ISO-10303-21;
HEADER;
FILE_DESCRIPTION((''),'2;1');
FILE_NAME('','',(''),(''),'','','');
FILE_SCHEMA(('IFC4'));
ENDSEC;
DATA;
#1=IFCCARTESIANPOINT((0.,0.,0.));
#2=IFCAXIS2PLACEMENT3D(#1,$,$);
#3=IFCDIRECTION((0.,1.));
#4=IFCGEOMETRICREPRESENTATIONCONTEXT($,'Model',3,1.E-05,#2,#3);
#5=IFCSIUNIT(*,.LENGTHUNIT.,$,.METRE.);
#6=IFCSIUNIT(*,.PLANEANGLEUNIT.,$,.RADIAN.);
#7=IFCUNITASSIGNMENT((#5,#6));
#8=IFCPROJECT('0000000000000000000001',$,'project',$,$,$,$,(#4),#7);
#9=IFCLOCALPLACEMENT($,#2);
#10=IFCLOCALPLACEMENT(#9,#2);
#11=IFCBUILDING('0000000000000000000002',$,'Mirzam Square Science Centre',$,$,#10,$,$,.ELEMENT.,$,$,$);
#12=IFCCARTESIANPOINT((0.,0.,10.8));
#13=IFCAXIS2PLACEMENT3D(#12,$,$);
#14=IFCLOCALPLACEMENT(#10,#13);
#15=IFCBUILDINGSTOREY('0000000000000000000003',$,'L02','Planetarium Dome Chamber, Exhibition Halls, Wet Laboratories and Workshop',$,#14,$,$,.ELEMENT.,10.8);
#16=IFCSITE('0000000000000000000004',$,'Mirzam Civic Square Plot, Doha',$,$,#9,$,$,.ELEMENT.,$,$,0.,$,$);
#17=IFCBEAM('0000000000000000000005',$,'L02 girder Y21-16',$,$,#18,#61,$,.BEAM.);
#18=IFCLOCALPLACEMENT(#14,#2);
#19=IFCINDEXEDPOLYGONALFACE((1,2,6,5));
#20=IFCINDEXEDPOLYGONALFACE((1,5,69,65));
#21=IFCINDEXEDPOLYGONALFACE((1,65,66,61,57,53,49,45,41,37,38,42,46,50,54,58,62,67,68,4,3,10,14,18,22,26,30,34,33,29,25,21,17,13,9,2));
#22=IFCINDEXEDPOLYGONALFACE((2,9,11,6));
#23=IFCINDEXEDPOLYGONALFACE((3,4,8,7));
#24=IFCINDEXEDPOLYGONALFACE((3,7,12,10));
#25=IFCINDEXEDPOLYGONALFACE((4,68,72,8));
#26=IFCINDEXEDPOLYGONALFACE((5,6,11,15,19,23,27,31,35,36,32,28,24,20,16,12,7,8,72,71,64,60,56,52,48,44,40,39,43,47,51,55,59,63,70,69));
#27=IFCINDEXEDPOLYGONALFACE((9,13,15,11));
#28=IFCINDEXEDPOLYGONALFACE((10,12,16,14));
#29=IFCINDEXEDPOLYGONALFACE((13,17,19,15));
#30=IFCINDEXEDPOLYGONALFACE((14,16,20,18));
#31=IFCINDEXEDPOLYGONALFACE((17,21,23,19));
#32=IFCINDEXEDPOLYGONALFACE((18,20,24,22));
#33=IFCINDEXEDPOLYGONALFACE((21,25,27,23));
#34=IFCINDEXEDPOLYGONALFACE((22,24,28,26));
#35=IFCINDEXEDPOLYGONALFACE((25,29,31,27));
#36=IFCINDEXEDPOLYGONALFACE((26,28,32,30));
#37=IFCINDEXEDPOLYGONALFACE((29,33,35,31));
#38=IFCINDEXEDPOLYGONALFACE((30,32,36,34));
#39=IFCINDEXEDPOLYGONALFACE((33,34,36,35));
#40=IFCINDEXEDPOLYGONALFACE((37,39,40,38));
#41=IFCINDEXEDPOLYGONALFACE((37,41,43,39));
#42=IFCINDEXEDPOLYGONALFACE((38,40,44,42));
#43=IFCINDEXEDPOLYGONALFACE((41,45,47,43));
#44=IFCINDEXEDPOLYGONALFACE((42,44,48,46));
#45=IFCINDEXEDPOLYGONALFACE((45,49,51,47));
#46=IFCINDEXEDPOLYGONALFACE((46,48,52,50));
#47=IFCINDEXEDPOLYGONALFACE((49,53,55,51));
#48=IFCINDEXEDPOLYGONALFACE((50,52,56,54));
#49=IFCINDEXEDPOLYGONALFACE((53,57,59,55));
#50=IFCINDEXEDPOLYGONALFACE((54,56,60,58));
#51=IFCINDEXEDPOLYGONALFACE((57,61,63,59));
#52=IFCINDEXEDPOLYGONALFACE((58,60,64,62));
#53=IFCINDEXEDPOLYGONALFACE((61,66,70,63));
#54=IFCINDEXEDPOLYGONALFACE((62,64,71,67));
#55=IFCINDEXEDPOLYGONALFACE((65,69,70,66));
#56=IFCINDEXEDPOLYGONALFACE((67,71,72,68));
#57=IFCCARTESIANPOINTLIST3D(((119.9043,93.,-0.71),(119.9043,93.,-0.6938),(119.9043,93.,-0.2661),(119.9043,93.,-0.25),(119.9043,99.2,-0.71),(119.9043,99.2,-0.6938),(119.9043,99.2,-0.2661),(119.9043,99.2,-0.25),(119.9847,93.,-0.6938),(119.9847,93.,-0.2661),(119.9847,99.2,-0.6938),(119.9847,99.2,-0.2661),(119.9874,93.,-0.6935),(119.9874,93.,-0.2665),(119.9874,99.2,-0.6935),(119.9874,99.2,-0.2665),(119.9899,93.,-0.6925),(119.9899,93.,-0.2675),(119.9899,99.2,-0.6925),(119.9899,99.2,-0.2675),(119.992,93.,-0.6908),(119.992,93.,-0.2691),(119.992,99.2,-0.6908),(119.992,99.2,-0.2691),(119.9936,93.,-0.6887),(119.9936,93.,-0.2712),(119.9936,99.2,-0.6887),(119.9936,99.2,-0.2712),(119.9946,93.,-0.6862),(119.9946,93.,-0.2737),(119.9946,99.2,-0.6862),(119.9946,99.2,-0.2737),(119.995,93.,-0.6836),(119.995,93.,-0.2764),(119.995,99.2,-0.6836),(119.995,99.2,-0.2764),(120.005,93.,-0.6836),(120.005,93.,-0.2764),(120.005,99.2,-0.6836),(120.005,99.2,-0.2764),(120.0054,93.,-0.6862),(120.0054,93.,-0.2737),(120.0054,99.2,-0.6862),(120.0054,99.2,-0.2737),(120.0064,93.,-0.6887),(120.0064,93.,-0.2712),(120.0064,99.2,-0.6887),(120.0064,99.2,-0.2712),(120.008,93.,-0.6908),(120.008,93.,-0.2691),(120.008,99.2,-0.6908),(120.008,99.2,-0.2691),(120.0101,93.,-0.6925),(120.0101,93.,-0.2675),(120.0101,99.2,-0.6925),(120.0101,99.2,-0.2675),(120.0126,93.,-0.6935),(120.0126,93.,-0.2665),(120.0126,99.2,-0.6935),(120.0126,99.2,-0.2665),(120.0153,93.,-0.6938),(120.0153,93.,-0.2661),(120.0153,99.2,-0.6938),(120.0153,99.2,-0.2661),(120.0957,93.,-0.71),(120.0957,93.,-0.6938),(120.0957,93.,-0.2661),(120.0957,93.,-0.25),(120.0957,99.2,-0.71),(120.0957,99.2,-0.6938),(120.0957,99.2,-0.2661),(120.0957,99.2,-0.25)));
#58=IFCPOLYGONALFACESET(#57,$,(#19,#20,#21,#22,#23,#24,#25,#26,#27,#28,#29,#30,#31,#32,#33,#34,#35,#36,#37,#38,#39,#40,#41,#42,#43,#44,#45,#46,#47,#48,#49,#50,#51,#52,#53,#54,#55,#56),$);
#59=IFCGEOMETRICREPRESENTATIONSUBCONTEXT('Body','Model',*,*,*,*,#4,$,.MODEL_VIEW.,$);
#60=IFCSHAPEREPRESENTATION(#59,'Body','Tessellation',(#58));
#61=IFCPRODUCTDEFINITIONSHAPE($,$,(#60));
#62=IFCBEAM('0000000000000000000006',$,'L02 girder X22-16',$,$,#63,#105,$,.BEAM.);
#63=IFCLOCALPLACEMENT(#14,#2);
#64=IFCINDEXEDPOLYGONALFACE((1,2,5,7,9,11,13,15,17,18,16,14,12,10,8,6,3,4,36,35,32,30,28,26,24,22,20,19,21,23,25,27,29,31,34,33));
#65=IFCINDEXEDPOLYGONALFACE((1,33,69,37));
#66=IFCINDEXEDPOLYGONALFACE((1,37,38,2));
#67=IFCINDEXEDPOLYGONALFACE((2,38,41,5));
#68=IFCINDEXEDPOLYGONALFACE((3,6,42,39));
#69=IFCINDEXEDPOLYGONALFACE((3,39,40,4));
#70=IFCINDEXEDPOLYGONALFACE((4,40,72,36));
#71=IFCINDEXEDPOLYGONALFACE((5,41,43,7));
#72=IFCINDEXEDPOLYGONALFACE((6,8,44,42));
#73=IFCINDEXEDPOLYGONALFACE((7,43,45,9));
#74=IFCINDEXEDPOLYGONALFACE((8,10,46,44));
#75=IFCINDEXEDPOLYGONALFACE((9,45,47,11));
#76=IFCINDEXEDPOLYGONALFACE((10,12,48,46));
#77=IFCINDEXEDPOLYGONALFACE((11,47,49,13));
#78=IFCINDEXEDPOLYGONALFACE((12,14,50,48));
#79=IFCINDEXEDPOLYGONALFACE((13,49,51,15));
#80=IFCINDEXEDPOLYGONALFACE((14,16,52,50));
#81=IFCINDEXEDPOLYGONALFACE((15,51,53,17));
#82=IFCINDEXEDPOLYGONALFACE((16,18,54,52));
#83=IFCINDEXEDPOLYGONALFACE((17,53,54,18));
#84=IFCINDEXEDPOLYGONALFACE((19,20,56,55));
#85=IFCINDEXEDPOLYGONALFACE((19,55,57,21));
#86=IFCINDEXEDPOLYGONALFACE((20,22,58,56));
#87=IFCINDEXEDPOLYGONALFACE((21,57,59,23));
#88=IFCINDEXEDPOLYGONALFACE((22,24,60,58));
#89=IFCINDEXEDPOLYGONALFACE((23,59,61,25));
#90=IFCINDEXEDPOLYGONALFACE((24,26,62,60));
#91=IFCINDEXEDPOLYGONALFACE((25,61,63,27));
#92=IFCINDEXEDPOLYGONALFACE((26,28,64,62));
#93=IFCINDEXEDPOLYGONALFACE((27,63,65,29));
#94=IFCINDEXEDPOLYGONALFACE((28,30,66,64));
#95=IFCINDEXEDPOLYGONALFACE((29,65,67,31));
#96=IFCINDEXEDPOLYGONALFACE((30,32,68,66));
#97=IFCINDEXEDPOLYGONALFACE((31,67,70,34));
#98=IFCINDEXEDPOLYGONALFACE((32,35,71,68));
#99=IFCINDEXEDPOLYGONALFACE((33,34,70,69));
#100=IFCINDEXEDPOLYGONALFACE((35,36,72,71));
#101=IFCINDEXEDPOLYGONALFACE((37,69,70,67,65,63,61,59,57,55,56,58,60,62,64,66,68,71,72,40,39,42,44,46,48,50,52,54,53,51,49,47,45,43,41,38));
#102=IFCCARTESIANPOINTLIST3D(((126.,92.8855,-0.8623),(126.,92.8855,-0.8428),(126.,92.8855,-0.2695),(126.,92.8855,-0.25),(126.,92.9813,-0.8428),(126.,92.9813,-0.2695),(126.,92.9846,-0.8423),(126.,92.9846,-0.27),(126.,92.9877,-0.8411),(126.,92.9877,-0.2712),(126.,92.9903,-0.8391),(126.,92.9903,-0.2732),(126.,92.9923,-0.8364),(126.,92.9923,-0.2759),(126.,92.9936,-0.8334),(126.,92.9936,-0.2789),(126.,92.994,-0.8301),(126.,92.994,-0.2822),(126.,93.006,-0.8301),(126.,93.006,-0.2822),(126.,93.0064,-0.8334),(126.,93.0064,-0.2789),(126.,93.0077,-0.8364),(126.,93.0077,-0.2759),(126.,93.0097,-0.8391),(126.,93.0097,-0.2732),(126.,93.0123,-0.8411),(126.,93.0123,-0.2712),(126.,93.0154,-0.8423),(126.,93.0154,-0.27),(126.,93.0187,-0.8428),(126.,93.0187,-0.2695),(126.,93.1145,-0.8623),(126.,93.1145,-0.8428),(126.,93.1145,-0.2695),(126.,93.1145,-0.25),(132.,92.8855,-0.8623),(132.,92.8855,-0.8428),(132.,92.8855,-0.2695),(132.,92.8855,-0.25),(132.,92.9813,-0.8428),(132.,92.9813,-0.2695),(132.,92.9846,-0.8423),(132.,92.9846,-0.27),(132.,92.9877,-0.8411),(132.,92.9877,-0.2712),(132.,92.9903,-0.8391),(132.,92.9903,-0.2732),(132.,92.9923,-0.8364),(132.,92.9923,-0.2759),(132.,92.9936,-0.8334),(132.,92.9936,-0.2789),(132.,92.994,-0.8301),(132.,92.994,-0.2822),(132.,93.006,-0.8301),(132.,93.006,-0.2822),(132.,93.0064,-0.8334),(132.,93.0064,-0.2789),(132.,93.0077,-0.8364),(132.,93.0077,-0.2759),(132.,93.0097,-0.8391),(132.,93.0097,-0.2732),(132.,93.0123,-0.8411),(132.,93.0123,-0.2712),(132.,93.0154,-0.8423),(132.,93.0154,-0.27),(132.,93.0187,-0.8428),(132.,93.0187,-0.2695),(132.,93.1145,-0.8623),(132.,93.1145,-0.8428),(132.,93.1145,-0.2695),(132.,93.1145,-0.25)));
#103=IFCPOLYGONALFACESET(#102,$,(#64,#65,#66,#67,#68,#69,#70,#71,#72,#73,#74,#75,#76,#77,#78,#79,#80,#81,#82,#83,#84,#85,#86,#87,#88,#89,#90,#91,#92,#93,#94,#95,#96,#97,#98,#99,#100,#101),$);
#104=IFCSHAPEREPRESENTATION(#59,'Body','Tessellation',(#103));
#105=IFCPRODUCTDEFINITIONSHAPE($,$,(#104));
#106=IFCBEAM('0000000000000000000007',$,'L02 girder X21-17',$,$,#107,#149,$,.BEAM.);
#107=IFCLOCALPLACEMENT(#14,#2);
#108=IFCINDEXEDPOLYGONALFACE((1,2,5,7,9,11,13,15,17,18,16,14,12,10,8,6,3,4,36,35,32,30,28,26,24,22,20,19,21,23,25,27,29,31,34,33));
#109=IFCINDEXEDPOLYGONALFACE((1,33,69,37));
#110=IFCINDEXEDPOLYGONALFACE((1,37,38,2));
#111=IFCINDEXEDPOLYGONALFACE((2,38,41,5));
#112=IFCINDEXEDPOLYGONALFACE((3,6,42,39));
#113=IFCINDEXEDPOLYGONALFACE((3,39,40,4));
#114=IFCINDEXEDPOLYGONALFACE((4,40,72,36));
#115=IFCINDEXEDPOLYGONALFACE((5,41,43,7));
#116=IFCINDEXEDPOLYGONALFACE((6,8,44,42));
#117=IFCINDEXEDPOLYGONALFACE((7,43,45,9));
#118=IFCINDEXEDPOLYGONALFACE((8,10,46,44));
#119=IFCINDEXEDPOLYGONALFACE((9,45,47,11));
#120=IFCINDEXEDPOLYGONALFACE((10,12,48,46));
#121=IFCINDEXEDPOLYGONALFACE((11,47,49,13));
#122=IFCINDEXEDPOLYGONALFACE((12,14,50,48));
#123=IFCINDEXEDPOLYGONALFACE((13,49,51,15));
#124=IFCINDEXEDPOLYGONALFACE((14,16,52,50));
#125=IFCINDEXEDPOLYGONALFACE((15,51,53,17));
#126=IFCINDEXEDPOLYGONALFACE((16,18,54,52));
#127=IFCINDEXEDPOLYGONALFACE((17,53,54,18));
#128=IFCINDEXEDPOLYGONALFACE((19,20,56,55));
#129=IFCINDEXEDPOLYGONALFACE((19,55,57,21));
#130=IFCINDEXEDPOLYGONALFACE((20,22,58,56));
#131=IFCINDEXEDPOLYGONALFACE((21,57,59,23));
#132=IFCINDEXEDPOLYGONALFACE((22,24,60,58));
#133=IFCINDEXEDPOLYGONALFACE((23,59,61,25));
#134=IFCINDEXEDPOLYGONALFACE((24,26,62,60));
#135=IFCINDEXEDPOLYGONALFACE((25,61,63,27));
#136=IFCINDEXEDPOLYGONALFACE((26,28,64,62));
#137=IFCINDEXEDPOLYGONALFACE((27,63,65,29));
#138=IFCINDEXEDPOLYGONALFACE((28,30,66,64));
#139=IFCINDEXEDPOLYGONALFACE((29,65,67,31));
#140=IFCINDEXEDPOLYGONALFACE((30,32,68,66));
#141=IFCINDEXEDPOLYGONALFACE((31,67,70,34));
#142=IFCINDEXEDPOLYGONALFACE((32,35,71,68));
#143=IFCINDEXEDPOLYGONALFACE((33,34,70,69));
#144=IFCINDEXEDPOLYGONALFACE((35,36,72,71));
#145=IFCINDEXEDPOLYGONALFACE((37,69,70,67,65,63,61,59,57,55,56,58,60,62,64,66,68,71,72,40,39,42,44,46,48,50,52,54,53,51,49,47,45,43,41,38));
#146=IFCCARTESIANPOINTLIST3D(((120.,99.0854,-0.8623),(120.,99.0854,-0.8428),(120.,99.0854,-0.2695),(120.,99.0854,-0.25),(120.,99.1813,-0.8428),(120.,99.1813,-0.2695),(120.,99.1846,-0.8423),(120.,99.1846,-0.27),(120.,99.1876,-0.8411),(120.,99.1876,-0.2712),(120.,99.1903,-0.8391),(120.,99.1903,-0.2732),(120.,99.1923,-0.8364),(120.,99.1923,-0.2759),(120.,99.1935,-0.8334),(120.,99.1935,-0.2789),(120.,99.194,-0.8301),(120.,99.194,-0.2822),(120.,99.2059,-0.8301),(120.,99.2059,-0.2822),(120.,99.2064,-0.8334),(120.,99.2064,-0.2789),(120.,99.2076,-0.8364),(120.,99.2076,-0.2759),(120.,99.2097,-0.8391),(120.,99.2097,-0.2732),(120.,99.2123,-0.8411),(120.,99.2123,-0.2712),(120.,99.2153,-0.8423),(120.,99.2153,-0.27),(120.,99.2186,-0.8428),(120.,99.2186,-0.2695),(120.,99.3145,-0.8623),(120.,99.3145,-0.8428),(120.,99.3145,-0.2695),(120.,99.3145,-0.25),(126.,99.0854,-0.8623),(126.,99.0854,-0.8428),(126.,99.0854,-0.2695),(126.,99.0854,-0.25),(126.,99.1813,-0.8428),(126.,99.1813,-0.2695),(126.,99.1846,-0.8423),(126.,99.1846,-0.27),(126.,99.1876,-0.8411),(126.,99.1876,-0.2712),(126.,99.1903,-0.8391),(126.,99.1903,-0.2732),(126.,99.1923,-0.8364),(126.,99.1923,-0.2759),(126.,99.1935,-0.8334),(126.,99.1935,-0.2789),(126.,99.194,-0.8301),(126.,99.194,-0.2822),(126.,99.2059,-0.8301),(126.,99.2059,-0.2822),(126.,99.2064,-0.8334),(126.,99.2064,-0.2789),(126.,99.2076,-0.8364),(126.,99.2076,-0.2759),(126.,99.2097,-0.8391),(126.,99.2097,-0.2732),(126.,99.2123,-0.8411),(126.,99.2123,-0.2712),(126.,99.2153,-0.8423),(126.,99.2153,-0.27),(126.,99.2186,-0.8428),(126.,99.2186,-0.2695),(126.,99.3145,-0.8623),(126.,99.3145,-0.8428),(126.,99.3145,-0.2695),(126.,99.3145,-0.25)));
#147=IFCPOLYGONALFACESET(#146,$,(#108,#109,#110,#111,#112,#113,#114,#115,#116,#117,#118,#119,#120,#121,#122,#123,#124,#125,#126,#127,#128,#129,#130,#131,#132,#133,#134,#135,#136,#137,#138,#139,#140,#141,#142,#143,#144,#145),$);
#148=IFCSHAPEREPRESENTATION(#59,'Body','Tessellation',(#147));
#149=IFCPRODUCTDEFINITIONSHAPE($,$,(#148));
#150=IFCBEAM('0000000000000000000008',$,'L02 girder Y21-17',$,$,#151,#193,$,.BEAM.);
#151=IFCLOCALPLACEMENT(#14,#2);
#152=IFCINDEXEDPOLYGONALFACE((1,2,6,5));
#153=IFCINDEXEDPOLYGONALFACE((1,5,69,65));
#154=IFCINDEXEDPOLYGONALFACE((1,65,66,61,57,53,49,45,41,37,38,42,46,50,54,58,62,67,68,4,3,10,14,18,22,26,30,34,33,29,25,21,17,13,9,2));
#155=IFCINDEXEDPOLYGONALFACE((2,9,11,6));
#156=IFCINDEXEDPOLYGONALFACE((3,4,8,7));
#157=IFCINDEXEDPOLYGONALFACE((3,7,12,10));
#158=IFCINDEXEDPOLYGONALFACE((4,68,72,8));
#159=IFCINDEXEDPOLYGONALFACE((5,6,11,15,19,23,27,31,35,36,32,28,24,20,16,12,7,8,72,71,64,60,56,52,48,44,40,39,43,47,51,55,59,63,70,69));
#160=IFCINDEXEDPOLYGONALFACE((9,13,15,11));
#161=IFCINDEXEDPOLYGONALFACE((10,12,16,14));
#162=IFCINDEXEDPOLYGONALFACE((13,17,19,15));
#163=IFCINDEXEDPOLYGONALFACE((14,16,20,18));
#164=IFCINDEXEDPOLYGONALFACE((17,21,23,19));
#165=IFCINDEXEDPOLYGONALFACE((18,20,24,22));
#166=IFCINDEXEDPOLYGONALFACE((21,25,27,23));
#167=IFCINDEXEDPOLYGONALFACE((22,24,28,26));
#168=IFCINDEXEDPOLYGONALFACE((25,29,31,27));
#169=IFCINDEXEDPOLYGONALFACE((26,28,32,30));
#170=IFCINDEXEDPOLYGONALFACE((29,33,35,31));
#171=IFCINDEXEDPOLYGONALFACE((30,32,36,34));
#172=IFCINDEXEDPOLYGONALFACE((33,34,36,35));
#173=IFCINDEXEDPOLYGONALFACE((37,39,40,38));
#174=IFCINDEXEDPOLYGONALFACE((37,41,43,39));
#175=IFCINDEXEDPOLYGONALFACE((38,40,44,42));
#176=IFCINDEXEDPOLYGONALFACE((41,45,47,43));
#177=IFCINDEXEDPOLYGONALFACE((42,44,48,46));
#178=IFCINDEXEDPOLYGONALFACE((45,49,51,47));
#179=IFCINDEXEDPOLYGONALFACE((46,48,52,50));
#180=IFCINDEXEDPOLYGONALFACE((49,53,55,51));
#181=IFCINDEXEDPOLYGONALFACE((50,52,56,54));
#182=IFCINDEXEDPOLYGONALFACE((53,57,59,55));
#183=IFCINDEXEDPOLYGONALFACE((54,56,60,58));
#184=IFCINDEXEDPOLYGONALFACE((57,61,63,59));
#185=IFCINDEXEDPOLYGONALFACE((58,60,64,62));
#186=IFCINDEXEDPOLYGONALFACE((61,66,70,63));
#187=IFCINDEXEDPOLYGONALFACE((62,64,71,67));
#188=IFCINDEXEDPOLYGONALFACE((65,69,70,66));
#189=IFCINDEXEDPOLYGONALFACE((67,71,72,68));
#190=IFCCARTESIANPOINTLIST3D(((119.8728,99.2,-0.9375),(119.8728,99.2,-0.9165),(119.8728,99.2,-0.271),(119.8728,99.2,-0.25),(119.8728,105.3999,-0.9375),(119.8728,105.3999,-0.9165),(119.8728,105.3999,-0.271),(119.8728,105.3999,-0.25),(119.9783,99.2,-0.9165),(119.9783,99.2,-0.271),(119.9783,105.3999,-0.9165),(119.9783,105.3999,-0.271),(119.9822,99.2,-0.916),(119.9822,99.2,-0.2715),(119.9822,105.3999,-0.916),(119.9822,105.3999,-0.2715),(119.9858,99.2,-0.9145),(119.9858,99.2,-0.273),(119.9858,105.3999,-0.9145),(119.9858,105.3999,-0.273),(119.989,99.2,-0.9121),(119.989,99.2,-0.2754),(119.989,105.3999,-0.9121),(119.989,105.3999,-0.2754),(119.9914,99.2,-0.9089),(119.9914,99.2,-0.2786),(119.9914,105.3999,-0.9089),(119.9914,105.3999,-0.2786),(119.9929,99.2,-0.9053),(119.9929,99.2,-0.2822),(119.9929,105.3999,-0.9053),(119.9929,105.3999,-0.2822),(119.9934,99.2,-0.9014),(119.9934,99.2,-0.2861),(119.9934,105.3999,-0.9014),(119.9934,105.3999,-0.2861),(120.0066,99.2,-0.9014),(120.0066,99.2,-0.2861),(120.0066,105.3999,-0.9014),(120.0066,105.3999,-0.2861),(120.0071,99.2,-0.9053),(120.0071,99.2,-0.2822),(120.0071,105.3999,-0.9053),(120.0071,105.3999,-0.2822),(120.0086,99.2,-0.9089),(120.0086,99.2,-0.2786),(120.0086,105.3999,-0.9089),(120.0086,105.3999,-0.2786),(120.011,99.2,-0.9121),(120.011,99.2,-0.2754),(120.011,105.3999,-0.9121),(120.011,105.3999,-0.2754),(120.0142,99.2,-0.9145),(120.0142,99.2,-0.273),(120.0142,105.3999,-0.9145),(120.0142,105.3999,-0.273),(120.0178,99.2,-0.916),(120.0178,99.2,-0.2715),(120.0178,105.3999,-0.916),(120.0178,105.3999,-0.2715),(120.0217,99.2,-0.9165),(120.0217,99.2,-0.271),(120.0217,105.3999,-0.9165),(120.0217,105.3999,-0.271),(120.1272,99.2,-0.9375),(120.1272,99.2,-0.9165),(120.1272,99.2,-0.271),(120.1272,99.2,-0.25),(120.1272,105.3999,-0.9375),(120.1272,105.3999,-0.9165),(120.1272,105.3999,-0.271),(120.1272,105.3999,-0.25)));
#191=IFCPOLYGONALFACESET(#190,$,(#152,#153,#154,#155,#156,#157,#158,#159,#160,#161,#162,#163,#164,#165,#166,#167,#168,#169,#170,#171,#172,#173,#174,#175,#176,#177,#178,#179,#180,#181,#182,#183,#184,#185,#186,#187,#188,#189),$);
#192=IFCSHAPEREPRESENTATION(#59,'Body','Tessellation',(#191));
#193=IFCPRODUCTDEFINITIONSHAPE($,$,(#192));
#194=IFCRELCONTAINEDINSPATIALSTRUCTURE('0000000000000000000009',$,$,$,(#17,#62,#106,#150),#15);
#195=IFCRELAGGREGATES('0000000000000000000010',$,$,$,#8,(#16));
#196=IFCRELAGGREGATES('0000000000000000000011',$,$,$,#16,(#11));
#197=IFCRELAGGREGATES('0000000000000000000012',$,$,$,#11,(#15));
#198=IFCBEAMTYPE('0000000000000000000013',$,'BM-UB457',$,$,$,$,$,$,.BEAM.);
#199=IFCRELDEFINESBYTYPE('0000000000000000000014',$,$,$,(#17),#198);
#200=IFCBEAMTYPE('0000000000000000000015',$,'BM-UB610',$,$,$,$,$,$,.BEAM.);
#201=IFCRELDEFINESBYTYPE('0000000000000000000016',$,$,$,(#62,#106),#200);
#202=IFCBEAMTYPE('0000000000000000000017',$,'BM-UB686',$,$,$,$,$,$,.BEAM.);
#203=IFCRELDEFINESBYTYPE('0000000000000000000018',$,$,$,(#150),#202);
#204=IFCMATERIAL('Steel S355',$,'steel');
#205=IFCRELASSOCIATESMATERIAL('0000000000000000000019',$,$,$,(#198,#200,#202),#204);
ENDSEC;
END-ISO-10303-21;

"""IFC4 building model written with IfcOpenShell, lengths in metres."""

from ifc_helpers import new_model, si_unit, direction, frame, origin, origin_2d, place, context, subcontext, project, spatial, i_section, extrude, material, material_profile, profile_set, type_object, element, save


model = new_model("IFC4")

# Units and contexts
model_context = context("Model", 3, precision=1e-05, world=origin(), true_north=direction((0.0, 1.0)))
body_context = subcontext(model_context, "Body", "Model", "MODEL_VIEW")
ifc_project = project(units=[si_unit("LENGTHUNIT", "METRE"), si_unit("PLANEANGLEUNIT", "RADIAN")], contexts=[model_context])

# Site, building, storey
site_placement = place(None, origin())
site = spatial("IfcSite", under=ifc_project, at=site_placement, Name="Mirzam Civic Square Plot, Doha", CompositionType="ELEMENT", RefElevation=0.0)
building_placement = place(site_placement, origin())
building = spatial("IfcBuilding", under=site, at=building_placement, Name="Mirzam Square Science Centre", CompositionType="ELEMENT")
storey_placement = place(building_placement, frame((0.0, 0.0, 10.8)))
storey = spatial("IfcBuildingStorey", under=building, at=storey_placement, Name="L02", Description="Planetarium Dome Chamber, Exhibition Halls, Wet Laboratories and Workshop", CompositionType="ELEMENT", Elevation=10.8)

# Shared definitions
ifc_material_1 = material(Name="Steel S355", Category="steel")

# Beams
ifc_material_profile_1 = material_profile(ifc_material_1, i_section(OverallWidth=0.1914, OverallDepth=0.46, WebThickness=0.01, FlangeThickness=0.0161, FilletRadius=0.0103, at=origin_2d()), Name="457x191x82UB")
ifc_profile_set_1 = profile_set([ifc_material_profile_1], Name="Steel S355")
beam_type_1 = type_object("IfcBeamType", Name="BM-UB457", PredefinedType="BEAM", material=ifc_profile_set_1)
beam_1_placement = place(storey_placement, frame((120.0, 93.0, -0.48), z_axis=(0.0, 1.0, 0.0), x_axis=(-1.0, 0.0, 0.0)))
element("IfcBeam", 1, at=beam_1_placement, inside=storey, type_object=beam_type_1, Name="L02 girder Y21-16", PredefinedType="BEAM", context=body_context, shape_type="SweptSolid", body=[
    extrude(i_section(OverallWidth=0.1914, OverallDepth=0.46, WebThickness=0.01, FlangeThickness=0.0161, FilletRadius=0.0103, at=origin_2d()), origin(), (0.0, 0.0, 1.0), 6.2),
])
ifc_material_profile_2 = material_profile(ifc_material_1, i_section(OverallWidth=0.229, OverallDepth=0.6123, WebThickness=0.012, FlangeThickness=0.0195, FilletRadius=0.0127, at=origin_2d()), Name="610x229x125UB")
ifc_profile_set_2 = profile_set([ifc_material_profile_2], Name="Steel S355")
beam_type_2 = type_object("IfcBeamType", Name="BM-UB610", PredefinedType="BEAM", material=ifc_profile_set_2)
for number, where, z_axis, x_axis, name in (
    (2, (126.0, 93.0, -0.5562), (1.0, 0.0, 0.0), (0.0, 1.0, 0.0), "L02 girder X22-16"),
    (3, (120.0, 99.2, -0.5562), (1.0, 0.0, 0.0), (0.0, 1.0, 0.0), "L02 girder X21-17"),
):
    element("IfcBeam", number, at=place(storey_placement, frame(where, z_axis=z_axis, x_axis=x_axis)), inside=storey, type_object=beam_type_2, Name=name, PredefinedType="BEAM", context=body_context, shape_type="SweptSolid", body=[
        extrude(i_section(OverallWidth=0.229, OverallDepth=0.6123, WebThickness=0.012, FlangeThickness=0.0195, FilletRadius=0.0127, at=origin_2d()), origin(), (0.0, 0.0, 1.0), 6.0),
    ])
ifc_material_profile_3 = material_profile(ifc_material_1, i_section(OverallWidth=0.2544, OverallDepth=0.6875, WebThickness=0.0132, FlangeThickness=0.021, FilletRadius=0.0151, at=origin_2d()), Name="686x254x152UB")
ifc_profile_set_3 = profile_set([ifc_material_profile_3], Name="Steel S355")
beam_type_3 = type_object("IfcBeamType", Name="BM-UB686", PredefinedType="BEAM", material=ifc_profile_set_3)
for number, where, z_axis, x_axis, name in (
    (4, (120.0, 99.2, -0.5938), (0.0, 1.0, 0.0), (-1.0, 0.0, 0.0), "L02 girder Y21-17"),
):
    element("IfcBeam", number, at=place(storey_placement, frame(where, z_axis=z_axis, x_axis=x_axis)), inside=storey, type_object=beam_type_3, Name=name, PredefinedType="BEAM", context=body_context, shape_type="SweptSolid", body=[
        extrude(i_section(OverallWidth=0.2544, OverallDepth=0.6875, WebThickness=0.0132, FlangeThickness=0.021, FilletRadius=0.0151, at=origin_2d()), origin(), (0.0, 0.0, 1.0), 6.2),
    ])

save(model, "model.ifc")
